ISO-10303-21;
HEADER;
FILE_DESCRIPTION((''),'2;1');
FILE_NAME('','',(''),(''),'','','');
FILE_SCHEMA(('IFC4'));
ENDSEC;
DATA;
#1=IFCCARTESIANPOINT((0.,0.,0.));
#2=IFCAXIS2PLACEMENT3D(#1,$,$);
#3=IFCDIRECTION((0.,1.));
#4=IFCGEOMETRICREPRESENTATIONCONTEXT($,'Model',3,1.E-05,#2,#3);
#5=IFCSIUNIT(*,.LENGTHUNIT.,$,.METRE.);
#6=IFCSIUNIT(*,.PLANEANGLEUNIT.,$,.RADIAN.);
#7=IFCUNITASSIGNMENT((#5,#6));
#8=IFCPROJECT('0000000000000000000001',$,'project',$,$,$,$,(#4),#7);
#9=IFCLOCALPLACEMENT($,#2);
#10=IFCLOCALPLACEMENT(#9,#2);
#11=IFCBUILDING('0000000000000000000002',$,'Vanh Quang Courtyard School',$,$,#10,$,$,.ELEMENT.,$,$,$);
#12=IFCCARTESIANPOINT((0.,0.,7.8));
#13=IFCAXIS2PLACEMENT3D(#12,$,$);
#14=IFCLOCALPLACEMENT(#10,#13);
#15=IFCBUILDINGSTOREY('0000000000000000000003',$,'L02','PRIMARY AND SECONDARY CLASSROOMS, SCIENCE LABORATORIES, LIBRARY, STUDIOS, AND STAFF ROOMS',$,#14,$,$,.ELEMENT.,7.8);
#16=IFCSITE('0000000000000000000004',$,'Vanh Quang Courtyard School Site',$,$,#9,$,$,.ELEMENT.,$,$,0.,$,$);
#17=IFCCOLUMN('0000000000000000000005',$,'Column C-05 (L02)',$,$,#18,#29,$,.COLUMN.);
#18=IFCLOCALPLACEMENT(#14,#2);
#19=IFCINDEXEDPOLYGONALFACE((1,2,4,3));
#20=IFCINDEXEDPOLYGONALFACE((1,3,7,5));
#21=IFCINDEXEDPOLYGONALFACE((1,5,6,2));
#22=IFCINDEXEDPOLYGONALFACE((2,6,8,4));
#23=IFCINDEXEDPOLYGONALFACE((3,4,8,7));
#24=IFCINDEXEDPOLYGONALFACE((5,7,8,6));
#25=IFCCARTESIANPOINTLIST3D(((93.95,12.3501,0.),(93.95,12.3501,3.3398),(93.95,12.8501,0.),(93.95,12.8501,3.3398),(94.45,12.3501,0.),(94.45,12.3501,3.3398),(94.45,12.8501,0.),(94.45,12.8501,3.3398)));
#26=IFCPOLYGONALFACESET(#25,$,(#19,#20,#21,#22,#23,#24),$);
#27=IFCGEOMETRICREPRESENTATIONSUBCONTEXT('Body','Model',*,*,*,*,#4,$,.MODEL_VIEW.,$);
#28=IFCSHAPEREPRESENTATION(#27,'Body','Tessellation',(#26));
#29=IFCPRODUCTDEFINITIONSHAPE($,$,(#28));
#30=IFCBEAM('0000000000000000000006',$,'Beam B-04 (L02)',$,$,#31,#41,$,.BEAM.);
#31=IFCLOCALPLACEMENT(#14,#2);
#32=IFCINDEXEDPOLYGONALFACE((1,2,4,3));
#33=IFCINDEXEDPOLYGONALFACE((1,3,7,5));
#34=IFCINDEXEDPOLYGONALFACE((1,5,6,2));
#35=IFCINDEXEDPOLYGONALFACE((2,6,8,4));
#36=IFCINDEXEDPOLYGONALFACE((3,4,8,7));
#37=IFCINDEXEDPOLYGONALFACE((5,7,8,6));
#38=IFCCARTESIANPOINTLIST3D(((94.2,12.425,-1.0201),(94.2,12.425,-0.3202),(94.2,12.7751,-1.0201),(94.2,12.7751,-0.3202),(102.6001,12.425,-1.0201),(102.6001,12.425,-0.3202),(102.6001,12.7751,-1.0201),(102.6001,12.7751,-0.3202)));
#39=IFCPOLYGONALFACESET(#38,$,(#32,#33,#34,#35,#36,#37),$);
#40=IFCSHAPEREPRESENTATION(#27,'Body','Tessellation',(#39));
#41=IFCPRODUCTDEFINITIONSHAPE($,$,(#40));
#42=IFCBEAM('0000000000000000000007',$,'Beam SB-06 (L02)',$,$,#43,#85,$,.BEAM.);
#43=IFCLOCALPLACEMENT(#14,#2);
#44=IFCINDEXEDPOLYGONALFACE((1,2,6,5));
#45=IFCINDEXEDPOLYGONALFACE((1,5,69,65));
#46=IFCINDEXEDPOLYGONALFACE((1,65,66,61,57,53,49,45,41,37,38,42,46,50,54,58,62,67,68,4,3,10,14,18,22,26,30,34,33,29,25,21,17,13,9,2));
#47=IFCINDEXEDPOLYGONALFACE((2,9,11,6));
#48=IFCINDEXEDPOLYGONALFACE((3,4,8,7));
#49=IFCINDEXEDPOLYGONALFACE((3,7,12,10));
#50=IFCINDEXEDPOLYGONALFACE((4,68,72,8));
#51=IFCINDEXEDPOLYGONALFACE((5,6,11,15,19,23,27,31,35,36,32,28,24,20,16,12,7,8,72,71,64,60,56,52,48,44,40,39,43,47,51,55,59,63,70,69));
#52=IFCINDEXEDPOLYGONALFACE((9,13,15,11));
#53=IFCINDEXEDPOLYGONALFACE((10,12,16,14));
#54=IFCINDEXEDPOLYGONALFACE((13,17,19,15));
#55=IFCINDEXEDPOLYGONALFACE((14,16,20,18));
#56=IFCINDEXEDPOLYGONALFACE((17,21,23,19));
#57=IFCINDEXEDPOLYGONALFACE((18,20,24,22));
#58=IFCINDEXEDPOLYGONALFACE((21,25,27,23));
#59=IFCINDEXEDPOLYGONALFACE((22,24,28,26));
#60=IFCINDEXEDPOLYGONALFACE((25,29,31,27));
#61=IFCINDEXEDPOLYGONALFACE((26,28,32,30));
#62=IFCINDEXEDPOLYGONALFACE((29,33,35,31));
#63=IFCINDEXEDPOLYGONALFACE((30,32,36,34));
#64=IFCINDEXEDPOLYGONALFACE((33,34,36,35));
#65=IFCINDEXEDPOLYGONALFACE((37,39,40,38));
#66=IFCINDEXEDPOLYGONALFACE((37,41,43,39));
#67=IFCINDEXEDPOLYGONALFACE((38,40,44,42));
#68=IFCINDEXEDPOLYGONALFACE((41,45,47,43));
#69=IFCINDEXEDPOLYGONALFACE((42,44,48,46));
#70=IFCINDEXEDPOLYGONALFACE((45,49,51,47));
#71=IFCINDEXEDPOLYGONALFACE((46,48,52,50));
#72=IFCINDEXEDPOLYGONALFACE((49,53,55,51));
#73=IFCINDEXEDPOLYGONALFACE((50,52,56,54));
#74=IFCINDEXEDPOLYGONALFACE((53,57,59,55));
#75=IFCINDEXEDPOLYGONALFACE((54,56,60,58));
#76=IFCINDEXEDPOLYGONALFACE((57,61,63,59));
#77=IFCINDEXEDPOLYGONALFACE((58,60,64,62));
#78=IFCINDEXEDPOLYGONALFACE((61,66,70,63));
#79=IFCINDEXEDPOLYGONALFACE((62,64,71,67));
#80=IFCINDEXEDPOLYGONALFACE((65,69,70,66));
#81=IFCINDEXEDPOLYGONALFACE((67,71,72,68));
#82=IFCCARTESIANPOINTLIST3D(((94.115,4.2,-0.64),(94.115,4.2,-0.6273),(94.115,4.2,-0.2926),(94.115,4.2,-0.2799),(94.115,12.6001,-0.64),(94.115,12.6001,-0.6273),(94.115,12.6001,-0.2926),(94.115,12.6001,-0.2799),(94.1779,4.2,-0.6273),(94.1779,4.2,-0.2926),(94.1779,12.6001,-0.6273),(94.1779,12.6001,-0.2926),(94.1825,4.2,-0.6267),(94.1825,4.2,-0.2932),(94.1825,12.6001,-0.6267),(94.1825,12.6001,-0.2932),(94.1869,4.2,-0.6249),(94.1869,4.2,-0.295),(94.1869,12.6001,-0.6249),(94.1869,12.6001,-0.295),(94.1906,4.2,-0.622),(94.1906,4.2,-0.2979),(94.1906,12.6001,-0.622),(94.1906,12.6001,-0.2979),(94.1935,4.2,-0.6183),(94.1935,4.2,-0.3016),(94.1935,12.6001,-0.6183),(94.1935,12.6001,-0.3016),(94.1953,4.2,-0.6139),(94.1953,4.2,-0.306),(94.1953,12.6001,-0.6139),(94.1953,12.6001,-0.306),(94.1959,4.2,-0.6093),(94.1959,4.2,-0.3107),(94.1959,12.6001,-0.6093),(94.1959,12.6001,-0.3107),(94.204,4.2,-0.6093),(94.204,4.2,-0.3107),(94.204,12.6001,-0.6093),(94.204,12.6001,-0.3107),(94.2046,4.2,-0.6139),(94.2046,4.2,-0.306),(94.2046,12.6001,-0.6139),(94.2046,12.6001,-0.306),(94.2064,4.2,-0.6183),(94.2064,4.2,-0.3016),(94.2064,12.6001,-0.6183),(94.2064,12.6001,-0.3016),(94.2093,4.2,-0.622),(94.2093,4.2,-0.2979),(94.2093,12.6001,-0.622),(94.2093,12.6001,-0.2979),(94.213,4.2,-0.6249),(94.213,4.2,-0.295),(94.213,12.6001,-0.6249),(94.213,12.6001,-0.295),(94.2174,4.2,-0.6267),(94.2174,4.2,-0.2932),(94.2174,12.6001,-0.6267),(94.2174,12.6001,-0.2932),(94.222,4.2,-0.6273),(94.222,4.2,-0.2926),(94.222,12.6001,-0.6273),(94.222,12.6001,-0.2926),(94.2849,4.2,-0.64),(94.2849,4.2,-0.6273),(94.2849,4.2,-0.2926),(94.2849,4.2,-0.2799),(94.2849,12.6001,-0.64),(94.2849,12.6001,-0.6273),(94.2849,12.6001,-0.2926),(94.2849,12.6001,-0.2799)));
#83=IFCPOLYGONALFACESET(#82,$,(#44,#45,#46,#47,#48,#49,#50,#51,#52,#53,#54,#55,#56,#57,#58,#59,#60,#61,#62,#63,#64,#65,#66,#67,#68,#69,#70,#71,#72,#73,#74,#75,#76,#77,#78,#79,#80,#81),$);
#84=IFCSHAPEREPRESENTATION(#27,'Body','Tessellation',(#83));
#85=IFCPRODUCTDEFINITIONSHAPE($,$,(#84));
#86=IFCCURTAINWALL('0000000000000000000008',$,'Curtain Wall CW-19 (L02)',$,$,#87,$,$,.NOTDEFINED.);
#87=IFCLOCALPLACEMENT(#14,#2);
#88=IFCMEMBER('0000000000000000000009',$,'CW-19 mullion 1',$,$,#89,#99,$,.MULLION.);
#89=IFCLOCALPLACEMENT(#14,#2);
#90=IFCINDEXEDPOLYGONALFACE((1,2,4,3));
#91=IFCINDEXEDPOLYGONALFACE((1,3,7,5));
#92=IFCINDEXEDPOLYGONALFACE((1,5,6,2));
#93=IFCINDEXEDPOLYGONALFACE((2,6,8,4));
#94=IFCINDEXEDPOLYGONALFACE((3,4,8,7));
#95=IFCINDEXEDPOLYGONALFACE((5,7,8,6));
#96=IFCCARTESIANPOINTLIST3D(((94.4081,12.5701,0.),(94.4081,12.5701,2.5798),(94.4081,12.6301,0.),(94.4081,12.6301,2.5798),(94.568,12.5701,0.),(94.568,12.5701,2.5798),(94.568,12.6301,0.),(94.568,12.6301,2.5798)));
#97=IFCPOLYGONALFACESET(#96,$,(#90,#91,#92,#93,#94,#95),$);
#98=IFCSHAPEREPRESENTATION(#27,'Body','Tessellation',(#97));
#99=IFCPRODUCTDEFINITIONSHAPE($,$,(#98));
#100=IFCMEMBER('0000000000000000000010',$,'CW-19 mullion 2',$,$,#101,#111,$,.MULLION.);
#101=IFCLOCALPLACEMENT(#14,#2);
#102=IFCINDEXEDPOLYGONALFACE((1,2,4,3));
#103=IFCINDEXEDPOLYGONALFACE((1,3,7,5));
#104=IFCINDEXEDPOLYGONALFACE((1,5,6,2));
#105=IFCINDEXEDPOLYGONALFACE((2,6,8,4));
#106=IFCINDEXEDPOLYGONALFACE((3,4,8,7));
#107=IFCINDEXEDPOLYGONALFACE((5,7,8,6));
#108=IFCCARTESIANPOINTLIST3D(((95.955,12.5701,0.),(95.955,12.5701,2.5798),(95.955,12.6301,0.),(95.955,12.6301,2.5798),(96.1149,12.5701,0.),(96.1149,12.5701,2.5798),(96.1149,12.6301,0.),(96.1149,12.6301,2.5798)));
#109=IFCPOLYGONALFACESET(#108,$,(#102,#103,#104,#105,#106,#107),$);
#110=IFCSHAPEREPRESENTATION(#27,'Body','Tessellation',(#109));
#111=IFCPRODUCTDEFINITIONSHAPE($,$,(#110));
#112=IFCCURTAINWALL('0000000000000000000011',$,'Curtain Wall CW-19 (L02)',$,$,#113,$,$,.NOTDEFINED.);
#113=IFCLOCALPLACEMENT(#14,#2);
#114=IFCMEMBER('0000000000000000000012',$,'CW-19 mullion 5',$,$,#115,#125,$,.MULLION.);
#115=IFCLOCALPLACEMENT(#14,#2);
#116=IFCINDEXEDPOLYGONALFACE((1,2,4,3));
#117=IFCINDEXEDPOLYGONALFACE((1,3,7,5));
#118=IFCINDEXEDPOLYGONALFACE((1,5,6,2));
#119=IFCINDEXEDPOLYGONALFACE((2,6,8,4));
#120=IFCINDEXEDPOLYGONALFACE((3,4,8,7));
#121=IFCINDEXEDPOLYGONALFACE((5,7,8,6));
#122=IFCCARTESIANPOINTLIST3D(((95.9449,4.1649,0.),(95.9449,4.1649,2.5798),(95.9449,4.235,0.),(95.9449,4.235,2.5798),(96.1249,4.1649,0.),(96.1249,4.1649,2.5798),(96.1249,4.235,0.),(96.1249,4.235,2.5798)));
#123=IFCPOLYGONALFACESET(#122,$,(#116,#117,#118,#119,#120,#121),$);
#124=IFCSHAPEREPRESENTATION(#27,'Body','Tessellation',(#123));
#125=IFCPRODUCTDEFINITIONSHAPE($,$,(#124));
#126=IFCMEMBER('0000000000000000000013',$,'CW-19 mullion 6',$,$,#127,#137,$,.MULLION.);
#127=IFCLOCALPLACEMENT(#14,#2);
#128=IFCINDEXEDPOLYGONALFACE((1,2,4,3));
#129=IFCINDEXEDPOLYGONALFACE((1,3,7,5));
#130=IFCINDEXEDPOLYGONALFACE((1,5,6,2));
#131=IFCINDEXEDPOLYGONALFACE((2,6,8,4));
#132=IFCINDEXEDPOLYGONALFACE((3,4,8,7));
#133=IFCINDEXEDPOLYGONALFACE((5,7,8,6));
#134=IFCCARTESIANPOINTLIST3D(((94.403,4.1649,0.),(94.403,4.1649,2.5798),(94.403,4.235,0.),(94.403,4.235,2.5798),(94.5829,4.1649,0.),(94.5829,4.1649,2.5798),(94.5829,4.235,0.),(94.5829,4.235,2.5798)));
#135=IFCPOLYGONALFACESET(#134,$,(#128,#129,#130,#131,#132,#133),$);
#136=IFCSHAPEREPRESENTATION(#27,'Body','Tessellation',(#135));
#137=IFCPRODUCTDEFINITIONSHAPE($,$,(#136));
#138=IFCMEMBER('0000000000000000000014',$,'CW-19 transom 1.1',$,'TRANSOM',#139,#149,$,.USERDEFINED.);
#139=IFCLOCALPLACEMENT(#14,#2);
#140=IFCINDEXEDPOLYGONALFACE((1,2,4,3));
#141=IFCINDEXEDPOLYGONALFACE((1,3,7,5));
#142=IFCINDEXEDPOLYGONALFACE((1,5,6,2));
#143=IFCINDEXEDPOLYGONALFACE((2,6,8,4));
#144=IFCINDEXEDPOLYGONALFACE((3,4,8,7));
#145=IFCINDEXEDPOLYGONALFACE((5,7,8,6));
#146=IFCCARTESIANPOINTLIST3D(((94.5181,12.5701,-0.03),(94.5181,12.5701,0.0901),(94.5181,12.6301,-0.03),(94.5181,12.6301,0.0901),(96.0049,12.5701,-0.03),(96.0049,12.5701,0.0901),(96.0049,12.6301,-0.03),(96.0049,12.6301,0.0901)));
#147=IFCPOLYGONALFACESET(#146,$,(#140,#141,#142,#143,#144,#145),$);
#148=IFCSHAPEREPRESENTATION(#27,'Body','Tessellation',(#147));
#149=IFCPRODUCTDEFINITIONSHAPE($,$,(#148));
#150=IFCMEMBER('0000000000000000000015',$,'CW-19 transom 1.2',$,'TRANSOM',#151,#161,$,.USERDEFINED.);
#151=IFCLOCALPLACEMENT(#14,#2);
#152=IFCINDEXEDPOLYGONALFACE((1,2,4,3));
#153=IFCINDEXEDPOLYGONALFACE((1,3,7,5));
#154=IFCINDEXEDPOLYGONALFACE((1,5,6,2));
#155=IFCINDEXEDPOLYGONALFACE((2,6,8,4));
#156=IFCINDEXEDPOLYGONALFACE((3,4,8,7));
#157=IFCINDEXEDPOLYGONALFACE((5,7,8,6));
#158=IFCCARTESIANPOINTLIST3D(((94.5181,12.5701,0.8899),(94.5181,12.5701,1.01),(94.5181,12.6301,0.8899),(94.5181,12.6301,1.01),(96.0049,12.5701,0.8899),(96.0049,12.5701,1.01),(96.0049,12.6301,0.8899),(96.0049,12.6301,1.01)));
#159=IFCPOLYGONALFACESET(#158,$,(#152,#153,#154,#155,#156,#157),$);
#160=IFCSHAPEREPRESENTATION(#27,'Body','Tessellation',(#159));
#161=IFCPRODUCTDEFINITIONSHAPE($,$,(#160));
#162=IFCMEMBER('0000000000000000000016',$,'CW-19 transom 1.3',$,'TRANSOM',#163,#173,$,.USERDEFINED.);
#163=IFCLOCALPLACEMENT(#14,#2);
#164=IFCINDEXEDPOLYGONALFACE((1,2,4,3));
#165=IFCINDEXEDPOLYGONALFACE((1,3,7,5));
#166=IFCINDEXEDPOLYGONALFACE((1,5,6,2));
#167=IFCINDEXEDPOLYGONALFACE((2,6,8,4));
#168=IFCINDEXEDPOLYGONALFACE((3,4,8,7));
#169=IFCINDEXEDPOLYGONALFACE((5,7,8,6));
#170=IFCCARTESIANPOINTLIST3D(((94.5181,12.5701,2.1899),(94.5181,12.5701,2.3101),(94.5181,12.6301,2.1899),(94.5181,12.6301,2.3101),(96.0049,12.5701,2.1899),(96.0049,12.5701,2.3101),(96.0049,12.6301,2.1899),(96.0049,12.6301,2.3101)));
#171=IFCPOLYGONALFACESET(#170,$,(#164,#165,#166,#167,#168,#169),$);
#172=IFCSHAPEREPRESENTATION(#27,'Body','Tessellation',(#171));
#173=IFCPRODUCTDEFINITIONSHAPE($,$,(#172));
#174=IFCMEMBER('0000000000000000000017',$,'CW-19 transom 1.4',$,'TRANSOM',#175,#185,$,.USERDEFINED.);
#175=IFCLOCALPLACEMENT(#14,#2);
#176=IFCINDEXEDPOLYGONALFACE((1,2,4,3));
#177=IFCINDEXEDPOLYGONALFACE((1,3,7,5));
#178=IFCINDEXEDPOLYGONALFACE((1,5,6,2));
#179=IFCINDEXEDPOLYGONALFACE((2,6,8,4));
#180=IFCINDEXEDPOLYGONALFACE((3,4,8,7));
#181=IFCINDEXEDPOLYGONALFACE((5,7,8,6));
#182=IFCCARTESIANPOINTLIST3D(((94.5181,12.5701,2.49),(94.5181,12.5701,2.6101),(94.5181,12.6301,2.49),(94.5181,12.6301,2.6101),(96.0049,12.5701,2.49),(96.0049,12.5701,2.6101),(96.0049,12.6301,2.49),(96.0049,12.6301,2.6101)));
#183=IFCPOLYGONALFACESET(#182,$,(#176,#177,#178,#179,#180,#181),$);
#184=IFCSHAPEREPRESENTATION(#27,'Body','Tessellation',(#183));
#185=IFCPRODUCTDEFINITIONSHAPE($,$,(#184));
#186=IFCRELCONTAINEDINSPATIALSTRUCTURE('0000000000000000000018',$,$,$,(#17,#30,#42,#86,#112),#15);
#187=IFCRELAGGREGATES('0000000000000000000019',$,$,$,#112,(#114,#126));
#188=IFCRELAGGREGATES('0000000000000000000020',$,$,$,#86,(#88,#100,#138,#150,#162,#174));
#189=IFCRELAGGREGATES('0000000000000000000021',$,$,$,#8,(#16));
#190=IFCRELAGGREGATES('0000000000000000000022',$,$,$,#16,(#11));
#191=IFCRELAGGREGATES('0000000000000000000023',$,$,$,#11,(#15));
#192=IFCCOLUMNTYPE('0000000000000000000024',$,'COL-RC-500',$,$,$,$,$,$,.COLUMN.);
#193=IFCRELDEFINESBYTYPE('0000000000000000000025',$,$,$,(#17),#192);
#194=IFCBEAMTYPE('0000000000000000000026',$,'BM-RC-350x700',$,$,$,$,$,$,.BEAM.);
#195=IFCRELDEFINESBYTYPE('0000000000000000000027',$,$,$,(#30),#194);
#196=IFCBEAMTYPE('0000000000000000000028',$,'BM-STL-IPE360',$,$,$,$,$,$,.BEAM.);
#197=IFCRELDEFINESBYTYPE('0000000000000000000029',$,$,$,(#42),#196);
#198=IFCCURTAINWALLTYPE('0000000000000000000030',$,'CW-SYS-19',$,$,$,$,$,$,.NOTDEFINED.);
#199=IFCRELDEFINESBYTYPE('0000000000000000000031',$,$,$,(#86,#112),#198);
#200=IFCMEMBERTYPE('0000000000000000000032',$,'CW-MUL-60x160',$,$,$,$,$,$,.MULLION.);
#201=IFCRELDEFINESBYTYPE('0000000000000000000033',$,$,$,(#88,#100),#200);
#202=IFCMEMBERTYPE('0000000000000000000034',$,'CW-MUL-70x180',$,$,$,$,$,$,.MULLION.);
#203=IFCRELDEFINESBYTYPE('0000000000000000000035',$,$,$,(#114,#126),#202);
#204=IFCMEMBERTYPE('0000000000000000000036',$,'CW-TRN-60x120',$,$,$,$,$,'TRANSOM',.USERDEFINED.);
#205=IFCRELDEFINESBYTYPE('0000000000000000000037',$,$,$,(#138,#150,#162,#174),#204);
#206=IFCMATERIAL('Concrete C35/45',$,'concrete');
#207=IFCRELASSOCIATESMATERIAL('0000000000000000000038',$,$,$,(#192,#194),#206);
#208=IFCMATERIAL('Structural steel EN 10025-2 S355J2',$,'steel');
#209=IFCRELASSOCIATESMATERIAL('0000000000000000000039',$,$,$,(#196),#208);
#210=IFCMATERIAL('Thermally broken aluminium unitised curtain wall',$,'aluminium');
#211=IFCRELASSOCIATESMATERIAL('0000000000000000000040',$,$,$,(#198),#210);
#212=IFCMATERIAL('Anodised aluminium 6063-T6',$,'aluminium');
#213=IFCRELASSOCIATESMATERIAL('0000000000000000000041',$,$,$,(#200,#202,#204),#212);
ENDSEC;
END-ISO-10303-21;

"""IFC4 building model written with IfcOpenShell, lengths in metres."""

from ifc_helpers import new_model, si_unit, direction, frame, origin, origin_2d, place, context, subcontext, project, spatial, rectangle, i_section, extrude, material, material_profile, profile_set, type_object, element, aggregate, save


model = new_model("IFC4")

# Units and contexts
model_context = context("Model", 3, precision=1e-05, world=origin(), true_north=direction((0.0, 1.0)))
body_context = subcontext(model_context, "Body", "Model", "MODEL_VIEW")
ifc_project = project(units=[si_unit("LENGTHUNIT", "METRE"), si_unit("PLANEANGLEUNIT", "RADIAN")], contexts=[model_context])

# Site, building, storey
site_placement = place(None, origin())
site = spatial("IfcSite", under=ifc_project, at=site_placement, Name="Vanh Quang Courtyard School Site", CompositionType="ELEMENT", RefElevation=0.0)
building_placement = place(site_placement, origin())
building = spatial("IfcBuilding", under=site, at=building_placement, Name="Vanh Quang Courtyard School", CompositionType="ELEMENT")
storey_placement = place(building_placement, frame((0.0, 0.0, 7.8)))
storey = spatial("IfcBuildingStorey", under=building, at=storey_placement, Name="L02", Description="PRIMARY AND SECONDARY CLASSROOMS, SCIENCE LABORATORIES, LIBRARY, STUDIOS, AND STAFF ROOMS", CompositionType="ELEMENT", Elevation=7.8)

# Column
ifc_material_1 = material(Name="Concrete C35/45", Category="concrete")
ifc_material_profile_1 = material_profile(ifc_material_1, rectangle(XDim=0.5, YDim=0.5, at=origin_2d()), Name="RC-COL 500x500")
ifc_profile_set_1 = profile_set([ifc_material_profile_1], Name="Concrete C35/45")
column_type = type_object("IfcColumnType", Name="COL-RC-500", PredefinedType="COLUMN", material=ifc_profile_set_1)
column_placement = place(storey_placement, frame((94.2, 12.6001, 0.0), z_axis=(0.0, 0.0, 1.0), x_axis=(1.0, 0.0, 0.0)))
element("IfcColumn", 1, at=column_placement, inside=storey, type_object=column_type, Name="Column C-05 (L02)", PredefinedType="COLUMN", context=body_context, shape_type="SweptSolid", body=[
    extrude(rectangle(XDim=0.5, YDim=0.5, at=origin_2d()), origin(), (0.0, 0.0, 1.0), 3.3398),
])

# Beams
ifc_material_profile_2 = material_profile(ifc_material_1, rectangle(XDim=0.3501, YDim=0.7, at=origin_2d()), Name="RC-BM 350x700")
ifc_profile_set_2 = profile_set([ifc_material_profile_2], Name="Concrete C35/45")
beam_type_1 = type_object("IfcBeamType", Name="BM-RC-350x700", PredefinedType="BEAM", material=ifc_profile_set_2)
beam_1_placement = place(storey_placement, frame((94.2, 12.6001, -0.6702), z_axis=(1.0, 0.0, 0.0), x_axis=(0.0, 1.0, 0.0)))
element("IfcBeam", 2, at=beam_1_placement, inside=storey, type_object=beam_type_1, Name="Beam B-04 (L02)", PredefinedType="BEAM", context=body_context, shape_type="SweptSolid", body=[
    extrude(rectangle(XDim=0.3501, YDim=0.7, at=origin_2d()), origin(), (0.0, 0.0, 1.0), 8.4001),
])
ifc_material_2 = material(Name="Structural steel EN 10025-2 S355J2", Category="steel")
ifc_material_profile_3 = material_profile(ifc_material_2, i_section(OverallWidth=0.1699, OverallDepth=0.3601, WebThickness=0.0081, FlangeThickness=0.0127, FilletRadius=0.0181, at=origin_2d()), Name="IPE 360")
ifc_profile_set_3 = profile_set([ifc_material_profile_3], Name="Structural steel EN 10025-2 S355J2")
beam_type_2 = type_object("IfcBeamType", Name="BM-STL-IPE360", PredefinedType="BEAM", material=ifc_profile_set_3)
beam_2_placement = place(storey_placement, frame((94.2, 4.2, -0.46), z_axis=(0.0, 1.0, 0.0), x_axis=(-1.0, 0.0, 0.0)))
element("IfcBeam", 3, at=beam_2_placement, inside=storey, type_object=beam_type_2, Name="Beam SB-06 (L02)", PredefinedType="BEAM", context=body_context, shape_type="SweptSolid", body=[
    extrude(i_section(OverallWidth=0.1699, OverallDepth=0.3601, WebThickness=0.0081, FlangeThickness=0.0127, FilletRadius=0.0181, at=origin_2d()), origin(), (0.0, 0.0, 1.0), 8.4001),
])

# Curtain walls, members
ifc_material_3 = material(Name="Thermally broken aluminium unitised curtain wall", Category="aluminium")
curtain_wall_type = type_object("IfcCurtainWallType", Name="CW-SYS-19", PredefinedType="NOTDEFINED", material=ifc_material_3)
curtain_wall_1_placement = place(storey_placement, origin())
curtain_wall_1 = element("IfcCurtainWall", 4, at=curtain_wall_1_placement, inside=storey, type_object=curtain_wall_type, Name="Curtain Wall CW-19 (L02)", PredefinedType="NOTDEFINED")
ifc_material_4 = material(Name="Anodised aluminium 6063-T6", Category="aluminium")
ifc_material_profile_4 = material_profile(ifc_material_4, rectangle(XDim=0.0601, YDim=0.1599, at=origin_2d()), Name="ALU-MUL 60x160")
ifc_profile_set_4 = profile_set([ifc_material_profile_4], Name="Anodised aluminium 6063-T6")
member_type_1 = type_object("IfcMemberType", Name="CW-MUL-60x160", PredefinedType="MULLION", material=ifc_profile_set_4)
member_1_placement = place(storey_placement, frame((94.488, 12.6001, 0.0), z_axis=(0.0, 0.0, 1.0), x_axis=(0.0, 1.0, 0.0)))
member_1 = element("IfcMember", 5, at=member_1_placement, type_object=member_type_1, Name="CW-19 mullion 1", PredefinedType="MULLION", context=body_context, shape_type="SweptSolid", body=[
    extrude(rectangle(XDim=0.0601, YDim=0.1599, at=origin_2d()), origin(), (0.0, 0.0, 1.0), 2.5798),
])
member_2_placement = place(storey_placement, frame((96.0349, 12.6001, 0.0), z_axis=(0.0, 0.0, 1.0), x_axis=(0.0, 1.0, 0.0)))
member_2 = element("IfcMember", 6, at=member_2_placement, type_object=member_type_1, Name="CW-19 mullion 2", PredefinedType="MULLION", context=body_context, shape_type="SweptSolid", body=[
    extrude(rectangle(XDim=0.0601, YDim=0.1599, at=origin_2d()), origin(), (0.0, 0.0, 1.0), 2.5798),
])
curtain_wall_2_placement = place(storey_placement, origin())
curtain_wall_2 = element("IfcCurtainWall", 7, at=curtain_wall_2_placement, inside=storey, type_object=curtain_wall_type, Name="Curtain Wall CW-19 (L02)", PredefinedType="NOTDEFINED")
ifc_material_profile_5 = material_profile(ifc_material_4, rectangle(XDim=0.0701, YDim=0.1799, at=origin_2d()), Name="ALU-MUL 70x180")
ifc_profile_set_5 = profile_set([ifc_material_profile_5], Name="Anodised aluminium 6063-T6")
member_type_2 = type_object("IfcMemberType", Name="CW-MUL-70x180", PredefinedType="MULLION", material=ifc_profile_set_5)
member_3_placement = place(storey_placement, frame((96.0349, 4.2, 0.0), z_axis=(0.0, 0.0, 1.0), x_axis=(0.0, -1.0, 0.0)))
member_3 = element("IfcMember", 8, at=member_3_placement, type_object=member_type_2, Name="CW-19 mullion 5", PredefinedType="MULLION", context=body_context, shape_type="SweptSolid", body=[
    extrude(rectangle(XDim=0.0701, YDim=0.1799, at=origin_2d()), origin(), (0.0, 0.0, 1.0), 2.5798),
])
member_4_placement = place(storey_placement, frame((94.4929, 4.2, 0.0), z_axis=(0.0, 0.0, 1.0), x_axis=(0.0, -1.0, 0.0)))
member_4 = element("IfcMember", 9, at=member_4_placement, type_object=member_type_2, Name="CW-19 mullion 6", PredefinedType="MULLION", context=body_context, shape_type="SweptSolid", body=[
    extrude(rectangle(XDim=0.0701, YDim=0.1799, at=origin_2d()), origin(), (0.0, 0.0, 1.0), 2.5798),
])

# Members
ifc_material_profile_6 = material_profile(ifc_material_4, rectangle(XDim=0.0601, YDim=0.1201, at=origin_2d()), Name="ALU-TRN 60x120")
ifc_profile_set_6 = profile_set([ifc_material_profile_6], Name="Anodised aluminium 6063-T6")
member_type_3 = type_object("IfcMemberType", Name="CW-TRN-60x120", ElementType="TRANSOM", PredefinedType="USERDEFINED", material=ifc_profile_set_6)
member_5_placement = place(storey_placement, frame((94.5181, 12.6001, 0.03), z_axis=(1.0, 0.0, 0.0), x_axis=(0.0, 1.0, 0.0)))
member_5 = element("IfcMember", 10, at=member_5_placement, type_object=member_type_3, Name="CW-19 transom 1.1", ObjectType="TRANSOM", PredefinedType="USERDEFINED", context=body_context, shape_type="SweptSolid", body=[
    extrude(rectangle(XDim=0.0601, YDim=0.1201, at=origin_2d()), origin(), (0.0, 0.0, 1.0), 1.4868),
])
member_6_placement = place(storey_placement, frame((94.5181, 12.6001, 0.95), z_axis=(1.0, 0.0, 0.0), x_axis=(0.0, 1.0, 0.0)))
member_6 = element("IfcMember", 11, at=member_6_placement, type_object=member_type_3, Name="CW-19 transom 1.2", ObjectType="TRANSOM", PredefinedType="USERDEFINED", context=body_context, shape_type="SweptSolid", body=[
    extrude(rectangle(XDim=0.0601, YDim=0.1201, at=origin_2d()), origin(), (0.0, 0.0, 1.0), 1.4868),
])
member_7_placement = place(storey_placement, frame((94.5181, 12.6001, 2.25), z_axis=(1.0, 0.0, 0.0), x_axis=(0.0, 1.0, 0.0)))
member_7 = element("IfcMember", 12, at=member_7_placement, type_object=member_type_3, Name="CW-19 transom 1.3", ObjectType="TRANSOM", PredefinedType="USERDEFINED", context=body_context, shape_type="SweptSolid", body=[
    extrude(rectangle(XDim=0.0601, YDim=0.1201, at=origin_2d()), origin(), (0.0, 0.0, 1.0), 1.4868),
])
member_8_placement = place(storey_placement, frame((94.5181, 12.6001, 2.55), z_axis=(1.0, 0.0, 0.0), x_axis=(0.0, 1.0, 0.0)))
member_8 = element("IfcMember", 13, at=member_8_placement, type_object=member_type_3, Name="CW-19 transom 1.4", ObjectType="TRANSOM", PredefinedType="USERDEFINED", context=body_context, shape_type="SweptSolid", body=[
    extrude(rectangle(XDim=0.0601, YDim=0.1201, at=origin_2d()), origin(), (0.0, 0.0, 1.0), 1.4868),
])

aggregate(curtain_wall_2, [member_3, member_4])
aggregate(curtain_wall_1, [member_1, member_2, member_5, member_6, member_7, member_8])

save(model, "model.ifc")
